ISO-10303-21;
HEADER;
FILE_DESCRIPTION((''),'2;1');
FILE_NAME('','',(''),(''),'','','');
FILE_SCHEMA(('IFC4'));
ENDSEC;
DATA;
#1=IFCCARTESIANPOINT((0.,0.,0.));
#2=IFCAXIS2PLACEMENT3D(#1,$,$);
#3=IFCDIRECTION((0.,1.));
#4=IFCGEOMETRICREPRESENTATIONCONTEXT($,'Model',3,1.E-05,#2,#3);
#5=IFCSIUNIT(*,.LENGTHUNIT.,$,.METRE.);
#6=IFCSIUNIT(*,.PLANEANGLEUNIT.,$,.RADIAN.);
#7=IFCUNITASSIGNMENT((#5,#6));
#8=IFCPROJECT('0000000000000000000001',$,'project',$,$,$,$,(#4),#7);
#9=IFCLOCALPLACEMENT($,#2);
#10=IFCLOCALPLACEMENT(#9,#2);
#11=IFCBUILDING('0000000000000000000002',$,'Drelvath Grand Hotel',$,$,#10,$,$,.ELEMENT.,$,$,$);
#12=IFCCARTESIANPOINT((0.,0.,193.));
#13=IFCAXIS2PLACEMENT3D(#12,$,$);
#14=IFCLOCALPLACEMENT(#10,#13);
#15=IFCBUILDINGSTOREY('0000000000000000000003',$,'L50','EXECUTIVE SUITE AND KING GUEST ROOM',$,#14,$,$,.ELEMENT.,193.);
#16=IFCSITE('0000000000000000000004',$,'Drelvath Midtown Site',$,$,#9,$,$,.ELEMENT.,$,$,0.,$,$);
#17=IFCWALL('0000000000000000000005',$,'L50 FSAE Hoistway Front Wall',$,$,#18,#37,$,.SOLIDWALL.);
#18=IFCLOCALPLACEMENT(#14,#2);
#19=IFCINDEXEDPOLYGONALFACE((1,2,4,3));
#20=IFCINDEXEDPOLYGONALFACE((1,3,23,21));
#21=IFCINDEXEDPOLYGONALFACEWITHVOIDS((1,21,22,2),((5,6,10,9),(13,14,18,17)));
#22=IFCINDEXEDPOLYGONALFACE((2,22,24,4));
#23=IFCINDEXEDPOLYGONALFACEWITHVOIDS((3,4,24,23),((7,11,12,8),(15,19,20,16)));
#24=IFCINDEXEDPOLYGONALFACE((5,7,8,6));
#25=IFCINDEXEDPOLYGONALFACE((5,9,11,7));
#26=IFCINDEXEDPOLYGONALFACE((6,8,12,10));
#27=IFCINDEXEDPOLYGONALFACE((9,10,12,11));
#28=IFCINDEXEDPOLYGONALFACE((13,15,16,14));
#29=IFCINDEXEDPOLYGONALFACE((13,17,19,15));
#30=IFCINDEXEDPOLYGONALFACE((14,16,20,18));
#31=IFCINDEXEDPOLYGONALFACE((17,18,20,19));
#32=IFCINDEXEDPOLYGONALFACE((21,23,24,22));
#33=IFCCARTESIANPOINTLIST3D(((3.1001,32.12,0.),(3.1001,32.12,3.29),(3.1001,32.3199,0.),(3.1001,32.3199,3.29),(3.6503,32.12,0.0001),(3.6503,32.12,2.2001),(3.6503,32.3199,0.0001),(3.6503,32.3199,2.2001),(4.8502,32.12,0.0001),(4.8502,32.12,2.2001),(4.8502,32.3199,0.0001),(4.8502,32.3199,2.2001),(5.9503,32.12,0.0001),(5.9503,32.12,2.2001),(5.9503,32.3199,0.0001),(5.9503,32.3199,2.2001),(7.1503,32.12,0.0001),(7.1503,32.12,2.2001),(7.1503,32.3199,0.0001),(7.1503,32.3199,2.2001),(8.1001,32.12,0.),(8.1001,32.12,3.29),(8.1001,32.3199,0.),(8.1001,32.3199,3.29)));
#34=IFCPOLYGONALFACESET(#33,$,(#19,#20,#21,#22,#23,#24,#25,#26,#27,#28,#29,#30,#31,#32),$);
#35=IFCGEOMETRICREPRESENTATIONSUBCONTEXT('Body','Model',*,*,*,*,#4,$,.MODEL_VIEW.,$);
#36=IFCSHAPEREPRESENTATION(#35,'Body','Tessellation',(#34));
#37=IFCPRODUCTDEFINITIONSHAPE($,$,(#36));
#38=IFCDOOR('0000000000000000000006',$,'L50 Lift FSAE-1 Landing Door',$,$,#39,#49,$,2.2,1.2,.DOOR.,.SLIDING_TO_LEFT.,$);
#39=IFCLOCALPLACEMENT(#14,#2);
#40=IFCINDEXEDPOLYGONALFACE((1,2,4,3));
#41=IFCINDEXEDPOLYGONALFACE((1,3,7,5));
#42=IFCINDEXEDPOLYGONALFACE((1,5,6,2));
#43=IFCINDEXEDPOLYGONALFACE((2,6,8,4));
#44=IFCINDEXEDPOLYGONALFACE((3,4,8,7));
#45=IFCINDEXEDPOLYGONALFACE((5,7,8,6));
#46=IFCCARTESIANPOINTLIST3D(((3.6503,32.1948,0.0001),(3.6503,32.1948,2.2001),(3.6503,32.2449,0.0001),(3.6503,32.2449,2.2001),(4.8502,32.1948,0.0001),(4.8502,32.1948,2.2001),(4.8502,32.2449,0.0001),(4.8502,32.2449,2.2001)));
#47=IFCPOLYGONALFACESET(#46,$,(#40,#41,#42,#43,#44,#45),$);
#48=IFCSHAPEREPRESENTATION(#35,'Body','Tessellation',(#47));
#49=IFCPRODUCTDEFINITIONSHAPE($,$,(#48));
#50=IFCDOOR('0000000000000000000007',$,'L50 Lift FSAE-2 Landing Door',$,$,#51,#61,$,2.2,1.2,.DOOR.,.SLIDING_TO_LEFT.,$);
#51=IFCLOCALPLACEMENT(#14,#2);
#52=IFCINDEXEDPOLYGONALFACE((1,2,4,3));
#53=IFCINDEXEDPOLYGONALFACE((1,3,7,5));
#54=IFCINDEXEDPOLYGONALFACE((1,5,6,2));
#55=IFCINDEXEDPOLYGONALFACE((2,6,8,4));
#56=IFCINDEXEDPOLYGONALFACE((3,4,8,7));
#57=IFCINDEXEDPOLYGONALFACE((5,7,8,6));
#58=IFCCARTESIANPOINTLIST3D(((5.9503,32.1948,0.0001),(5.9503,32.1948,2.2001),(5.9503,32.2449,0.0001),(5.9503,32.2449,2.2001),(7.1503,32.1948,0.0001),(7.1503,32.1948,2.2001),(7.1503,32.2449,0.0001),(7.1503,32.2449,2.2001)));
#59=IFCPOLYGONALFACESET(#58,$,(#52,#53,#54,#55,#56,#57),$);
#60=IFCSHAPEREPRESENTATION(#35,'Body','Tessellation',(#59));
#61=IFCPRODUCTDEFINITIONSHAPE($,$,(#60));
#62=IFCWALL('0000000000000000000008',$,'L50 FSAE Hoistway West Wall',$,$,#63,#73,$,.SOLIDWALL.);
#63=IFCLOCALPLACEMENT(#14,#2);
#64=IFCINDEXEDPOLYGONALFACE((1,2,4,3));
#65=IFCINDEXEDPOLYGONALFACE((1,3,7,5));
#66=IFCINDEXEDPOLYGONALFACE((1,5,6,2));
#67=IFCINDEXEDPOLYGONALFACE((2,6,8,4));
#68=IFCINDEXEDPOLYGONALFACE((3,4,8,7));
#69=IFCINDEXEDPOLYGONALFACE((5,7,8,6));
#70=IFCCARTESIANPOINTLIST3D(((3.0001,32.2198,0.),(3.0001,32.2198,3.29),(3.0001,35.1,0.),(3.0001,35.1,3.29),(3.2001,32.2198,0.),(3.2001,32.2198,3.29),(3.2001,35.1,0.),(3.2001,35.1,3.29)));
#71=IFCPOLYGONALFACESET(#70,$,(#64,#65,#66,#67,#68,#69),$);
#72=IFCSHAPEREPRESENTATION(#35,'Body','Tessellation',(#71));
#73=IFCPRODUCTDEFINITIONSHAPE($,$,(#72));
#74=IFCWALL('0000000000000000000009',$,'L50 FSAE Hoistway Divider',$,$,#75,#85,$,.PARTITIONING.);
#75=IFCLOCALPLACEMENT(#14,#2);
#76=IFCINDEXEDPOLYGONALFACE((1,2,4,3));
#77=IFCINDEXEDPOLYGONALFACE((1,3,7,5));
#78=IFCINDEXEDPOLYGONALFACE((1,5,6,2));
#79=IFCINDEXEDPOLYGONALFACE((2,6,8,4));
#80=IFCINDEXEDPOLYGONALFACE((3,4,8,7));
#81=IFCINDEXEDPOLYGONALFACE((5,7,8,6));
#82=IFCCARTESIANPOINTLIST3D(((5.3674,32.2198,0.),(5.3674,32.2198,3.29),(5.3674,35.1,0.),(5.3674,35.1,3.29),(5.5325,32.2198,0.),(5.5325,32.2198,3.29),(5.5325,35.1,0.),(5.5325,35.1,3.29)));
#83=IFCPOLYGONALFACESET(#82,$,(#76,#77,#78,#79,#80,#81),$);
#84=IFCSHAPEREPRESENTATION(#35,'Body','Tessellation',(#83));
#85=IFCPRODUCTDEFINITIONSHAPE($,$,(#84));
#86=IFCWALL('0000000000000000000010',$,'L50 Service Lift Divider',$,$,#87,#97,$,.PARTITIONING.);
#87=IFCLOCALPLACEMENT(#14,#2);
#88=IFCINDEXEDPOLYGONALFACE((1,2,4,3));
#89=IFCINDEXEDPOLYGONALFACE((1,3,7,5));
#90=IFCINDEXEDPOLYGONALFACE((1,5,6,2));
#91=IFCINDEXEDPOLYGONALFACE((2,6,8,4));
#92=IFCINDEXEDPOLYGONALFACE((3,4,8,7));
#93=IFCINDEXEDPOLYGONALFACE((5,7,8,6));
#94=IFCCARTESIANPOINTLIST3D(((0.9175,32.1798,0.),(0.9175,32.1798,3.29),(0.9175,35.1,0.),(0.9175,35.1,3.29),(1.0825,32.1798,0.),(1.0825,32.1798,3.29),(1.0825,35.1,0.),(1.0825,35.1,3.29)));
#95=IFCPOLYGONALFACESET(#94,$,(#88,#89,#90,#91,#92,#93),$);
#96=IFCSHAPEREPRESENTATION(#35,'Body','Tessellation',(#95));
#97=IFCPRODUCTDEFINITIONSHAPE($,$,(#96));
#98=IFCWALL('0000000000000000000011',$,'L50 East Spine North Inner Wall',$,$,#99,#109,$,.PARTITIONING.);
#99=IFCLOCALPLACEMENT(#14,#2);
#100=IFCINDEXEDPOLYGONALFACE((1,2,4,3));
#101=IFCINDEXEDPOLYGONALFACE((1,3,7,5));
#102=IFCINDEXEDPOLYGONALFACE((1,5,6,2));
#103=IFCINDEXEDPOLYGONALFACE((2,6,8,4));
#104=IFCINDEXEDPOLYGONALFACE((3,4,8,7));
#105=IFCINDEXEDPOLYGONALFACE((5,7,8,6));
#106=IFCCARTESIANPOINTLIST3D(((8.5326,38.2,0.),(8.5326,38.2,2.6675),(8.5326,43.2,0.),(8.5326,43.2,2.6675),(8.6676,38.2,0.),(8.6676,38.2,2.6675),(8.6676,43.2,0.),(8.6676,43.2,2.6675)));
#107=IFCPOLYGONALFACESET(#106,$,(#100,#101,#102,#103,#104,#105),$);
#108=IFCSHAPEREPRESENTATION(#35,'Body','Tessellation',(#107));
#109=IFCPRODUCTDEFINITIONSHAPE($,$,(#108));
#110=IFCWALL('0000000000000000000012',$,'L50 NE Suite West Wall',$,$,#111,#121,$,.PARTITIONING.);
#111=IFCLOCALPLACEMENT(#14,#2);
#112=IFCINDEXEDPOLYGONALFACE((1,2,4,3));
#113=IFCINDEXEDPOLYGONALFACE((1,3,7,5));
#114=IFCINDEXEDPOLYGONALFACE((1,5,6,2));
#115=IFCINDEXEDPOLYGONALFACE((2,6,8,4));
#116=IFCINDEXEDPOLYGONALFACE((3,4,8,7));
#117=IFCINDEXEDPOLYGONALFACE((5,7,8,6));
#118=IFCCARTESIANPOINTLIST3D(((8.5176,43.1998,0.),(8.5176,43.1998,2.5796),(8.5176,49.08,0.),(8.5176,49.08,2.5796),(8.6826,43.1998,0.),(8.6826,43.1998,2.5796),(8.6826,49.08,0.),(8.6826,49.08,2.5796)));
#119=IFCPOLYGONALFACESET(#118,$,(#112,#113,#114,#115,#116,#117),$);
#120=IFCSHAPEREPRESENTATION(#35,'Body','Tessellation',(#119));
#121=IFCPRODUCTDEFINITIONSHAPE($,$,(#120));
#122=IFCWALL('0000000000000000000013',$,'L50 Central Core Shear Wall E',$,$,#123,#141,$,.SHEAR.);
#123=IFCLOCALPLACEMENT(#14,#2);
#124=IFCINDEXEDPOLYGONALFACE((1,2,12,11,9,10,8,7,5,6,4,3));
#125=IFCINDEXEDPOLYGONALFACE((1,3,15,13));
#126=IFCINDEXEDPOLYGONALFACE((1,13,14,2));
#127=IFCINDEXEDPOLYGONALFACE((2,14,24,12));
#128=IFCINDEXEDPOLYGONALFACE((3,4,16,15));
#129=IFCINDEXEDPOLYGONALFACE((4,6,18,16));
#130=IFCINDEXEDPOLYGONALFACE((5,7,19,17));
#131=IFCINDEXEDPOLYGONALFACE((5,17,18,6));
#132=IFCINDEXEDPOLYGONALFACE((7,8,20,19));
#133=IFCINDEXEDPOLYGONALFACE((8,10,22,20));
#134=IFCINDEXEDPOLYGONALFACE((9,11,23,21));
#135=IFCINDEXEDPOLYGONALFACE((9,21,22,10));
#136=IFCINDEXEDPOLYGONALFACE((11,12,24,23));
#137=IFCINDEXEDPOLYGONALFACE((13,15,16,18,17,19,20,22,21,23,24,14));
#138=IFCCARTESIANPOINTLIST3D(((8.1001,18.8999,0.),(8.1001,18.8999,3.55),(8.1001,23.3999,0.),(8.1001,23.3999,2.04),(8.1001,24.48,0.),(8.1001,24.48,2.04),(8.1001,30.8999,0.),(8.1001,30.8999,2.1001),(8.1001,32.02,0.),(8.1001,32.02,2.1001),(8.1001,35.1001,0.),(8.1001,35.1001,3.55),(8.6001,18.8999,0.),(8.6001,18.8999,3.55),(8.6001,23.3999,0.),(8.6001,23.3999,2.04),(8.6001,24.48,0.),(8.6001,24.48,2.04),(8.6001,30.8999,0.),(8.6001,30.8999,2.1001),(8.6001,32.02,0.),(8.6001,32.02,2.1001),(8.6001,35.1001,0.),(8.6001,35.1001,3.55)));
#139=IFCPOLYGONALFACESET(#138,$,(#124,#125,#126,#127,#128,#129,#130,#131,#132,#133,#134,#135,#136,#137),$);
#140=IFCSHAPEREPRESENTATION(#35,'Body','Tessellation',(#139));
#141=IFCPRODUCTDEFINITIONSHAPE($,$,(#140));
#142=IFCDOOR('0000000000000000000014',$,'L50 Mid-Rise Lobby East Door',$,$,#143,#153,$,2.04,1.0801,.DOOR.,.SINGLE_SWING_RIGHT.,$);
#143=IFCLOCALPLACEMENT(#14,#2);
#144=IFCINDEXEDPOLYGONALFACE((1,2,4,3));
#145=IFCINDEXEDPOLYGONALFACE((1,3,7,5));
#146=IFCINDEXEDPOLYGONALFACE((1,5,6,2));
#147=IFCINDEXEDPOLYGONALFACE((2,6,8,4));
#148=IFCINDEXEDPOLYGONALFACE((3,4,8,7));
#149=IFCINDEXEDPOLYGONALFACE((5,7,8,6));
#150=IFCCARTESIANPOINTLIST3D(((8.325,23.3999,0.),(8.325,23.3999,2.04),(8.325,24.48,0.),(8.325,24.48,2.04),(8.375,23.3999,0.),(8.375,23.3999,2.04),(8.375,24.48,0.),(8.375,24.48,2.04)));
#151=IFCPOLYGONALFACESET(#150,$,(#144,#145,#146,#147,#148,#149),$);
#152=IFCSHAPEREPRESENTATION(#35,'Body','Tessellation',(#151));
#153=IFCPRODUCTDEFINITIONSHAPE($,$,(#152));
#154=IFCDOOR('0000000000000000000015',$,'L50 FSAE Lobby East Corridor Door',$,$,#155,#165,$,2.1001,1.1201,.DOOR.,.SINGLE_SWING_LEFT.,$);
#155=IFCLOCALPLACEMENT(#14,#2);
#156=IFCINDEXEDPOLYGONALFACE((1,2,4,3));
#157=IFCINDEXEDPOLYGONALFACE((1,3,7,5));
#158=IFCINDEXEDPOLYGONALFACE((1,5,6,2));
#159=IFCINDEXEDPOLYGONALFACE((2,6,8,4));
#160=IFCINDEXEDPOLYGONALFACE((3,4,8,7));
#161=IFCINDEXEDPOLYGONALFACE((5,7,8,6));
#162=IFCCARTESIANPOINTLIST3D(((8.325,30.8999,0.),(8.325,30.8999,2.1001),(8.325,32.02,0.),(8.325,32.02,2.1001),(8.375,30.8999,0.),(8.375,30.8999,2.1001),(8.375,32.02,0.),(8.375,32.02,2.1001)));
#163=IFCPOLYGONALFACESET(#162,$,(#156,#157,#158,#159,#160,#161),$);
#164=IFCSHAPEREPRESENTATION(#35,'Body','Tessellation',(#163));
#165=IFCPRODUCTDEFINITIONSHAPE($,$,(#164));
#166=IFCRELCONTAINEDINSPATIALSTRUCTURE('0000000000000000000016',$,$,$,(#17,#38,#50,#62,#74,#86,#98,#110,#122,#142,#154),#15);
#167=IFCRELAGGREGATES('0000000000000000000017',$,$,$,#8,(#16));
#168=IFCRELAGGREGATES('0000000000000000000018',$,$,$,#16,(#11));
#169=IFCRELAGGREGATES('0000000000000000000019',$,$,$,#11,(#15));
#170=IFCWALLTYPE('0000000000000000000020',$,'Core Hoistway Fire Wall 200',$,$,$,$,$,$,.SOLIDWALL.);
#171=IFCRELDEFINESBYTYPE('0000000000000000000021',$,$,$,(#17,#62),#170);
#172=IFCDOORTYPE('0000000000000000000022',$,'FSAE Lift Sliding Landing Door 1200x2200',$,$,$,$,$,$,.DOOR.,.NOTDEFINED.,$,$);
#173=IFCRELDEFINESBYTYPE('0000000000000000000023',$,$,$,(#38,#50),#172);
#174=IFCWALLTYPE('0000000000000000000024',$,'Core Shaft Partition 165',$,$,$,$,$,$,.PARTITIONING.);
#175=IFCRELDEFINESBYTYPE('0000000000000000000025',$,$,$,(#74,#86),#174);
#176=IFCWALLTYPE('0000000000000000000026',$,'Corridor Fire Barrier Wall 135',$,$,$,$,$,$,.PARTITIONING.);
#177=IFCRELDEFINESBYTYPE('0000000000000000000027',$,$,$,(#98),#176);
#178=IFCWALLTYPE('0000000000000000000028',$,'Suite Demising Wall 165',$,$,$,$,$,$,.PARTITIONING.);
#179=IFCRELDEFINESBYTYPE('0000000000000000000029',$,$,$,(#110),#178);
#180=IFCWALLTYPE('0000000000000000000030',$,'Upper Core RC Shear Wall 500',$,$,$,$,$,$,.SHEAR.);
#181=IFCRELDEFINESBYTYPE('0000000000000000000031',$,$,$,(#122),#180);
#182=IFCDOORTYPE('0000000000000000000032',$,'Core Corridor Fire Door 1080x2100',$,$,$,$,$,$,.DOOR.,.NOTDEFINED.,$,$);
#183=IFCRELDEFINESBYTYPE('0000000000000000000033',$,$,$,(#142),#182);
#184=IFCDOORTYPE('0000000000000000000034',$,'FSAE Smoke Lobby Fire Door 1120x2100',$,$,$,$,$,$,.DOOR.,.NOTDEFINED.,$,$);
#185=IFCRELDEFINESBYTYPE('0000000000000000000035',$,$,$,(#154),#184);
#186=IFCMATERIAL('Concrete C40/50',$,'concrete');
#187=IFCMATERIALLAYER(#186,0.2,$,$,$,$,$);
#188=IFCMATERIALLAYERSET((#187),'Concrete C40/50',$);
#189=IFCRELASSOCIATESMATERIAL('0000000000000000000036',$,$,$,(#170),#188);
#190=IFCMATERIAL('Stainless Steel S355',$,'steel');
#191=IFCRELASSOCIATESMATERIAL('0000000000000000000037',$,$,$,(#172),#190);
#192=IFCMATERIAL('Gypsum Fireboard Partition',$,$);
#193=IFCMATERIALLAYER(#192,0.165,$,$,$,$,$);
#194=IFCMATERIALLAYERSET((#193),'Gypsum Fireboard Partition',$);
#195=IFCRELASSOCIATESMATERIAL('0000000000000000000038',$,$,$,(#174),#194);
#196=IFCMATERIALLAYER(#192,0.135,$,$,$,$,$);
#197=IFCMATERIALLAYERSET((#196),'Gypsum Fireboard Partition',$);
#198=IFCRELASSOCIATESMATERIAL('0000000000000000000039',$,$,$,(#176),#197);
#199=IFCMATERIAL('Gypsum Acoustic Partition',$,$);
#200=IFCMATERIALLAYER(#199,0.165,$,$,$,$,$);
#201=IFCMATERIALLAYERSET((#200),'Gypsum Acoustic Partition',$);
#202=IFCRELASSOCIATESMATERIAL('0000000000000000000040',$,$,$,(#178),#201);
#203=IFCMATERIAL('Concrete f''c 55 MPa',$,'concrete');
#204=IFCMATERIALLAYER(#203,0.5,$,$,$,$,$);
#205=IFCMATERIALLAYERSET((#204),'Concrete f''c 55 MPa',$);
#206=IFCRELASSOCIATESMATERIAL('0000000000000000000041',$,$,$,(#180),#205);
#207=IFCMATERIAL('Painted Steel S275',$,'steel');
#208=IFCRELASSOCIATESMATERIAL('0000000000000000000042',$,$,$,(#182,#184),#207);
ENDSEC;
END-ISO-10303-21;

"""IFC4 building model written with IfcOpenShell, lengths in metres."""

from ifc_helpers import new_model, si_unit, direction, frame, frame_2d, origin, place, context, subcontext, project, spatial, rectangle, extrude, material, layer, layer_set, type_object, element, fill, save


model = new_model("IFC4")

# Units and contexts
model_context = context("Model", 3, precision=1e-05, world=origin(), true_north=direction((0.0, 1.0)))
body_context = subcontext(model_context, "Body", "Model", "MODEL_VIEW")
ifc_project = project(units=[si_unit("LENGTHUNIT", "METRE"), si_unit("PLANEANGLEUNIT", "RADIAN")], contexts=[model_context])

# Site, building, storey
site_placement = place(None, origin())
site = spatial("IfcSite", under=ifc_project, at=site_placement, Name="Drelvath Midtown Site", CompositionType="ELEMENT", RefElevation=0.0)
building_placement = place(site_placement, origin())
building = spatial("IfcBuilding", under=site, at=building_placement, Name="Drelvath Grand Hotel", CompositionType="ELEMENT")
storey_placement = place(building_placement, frame((0.0, 0.0, 193.0)))
storey = spatial("IfcBuildingStorey", under=building, at=storey_placement, Name="L50", Description="EXECUTIVE SUITE AND KING GUEST ROOM", CompositionType="ELEMENT", Elevation=193.0)

# Wall, openings, doors
ifc_material_1 = material(Name="Concrete C40/50", Category="concrete")
ifc_layer_1 = layer(ifc_material_1, 0.2)
ifc_layer_set_1 = layer_set([ifc_layer_1], Name="Concrete C40/50")
wall_type_1 = type_object("IfcWallType", Name="Core Hoistway Fire Wall 200", PredefinedType="SOLIDWALL", material=ifc_layer_set_1)
wall_1_placement = place(storey_placement, frame((3.1001, 32.22, 0.0), z_axis=(0.0, 0.0, 1.0), x_axis=(1.0, 0.0, 0.0)))
wall_1 = element("IfcWall", 1, at=wall_1_placement, inside=storey, type_object=wall_type_1, Name="L50 FSAE Hoistway Front Wall", PredefinedType="SOLIDWALL", context=body_context, shape_type="SweptSolid", body=[
    extrude(rectangle(XDim=5.0, YDim=0.2, at=frame_2d((2.5, 0.0))), origin(), (0.0, 0.0, 1.0), 3.29),
])
opening_1_placement = place(wall_1_placement, frame((0.55, 0.0, 0.0)))
opening_1 = element("IfcOpeningElement", 2, at=opening_1_placement, cuts=wall_1, PredefinedType="OPENING", context=body_context, shape_type="SweptSolid", body=[
    extrude(rectangle(XDim=1.2, YDim=2.2, at=frame_2d((0.6001, 1.1001))), frame((0.0, 0.1099, 0.0), z_axis=(0.0, -1.0, 0.0), x_axis=(1.0, 0.0, 0.0)), (0.0, 0.0, 1.0), 0.22),
])
opening_2_placement = place(wall_1_placement, frame((2.8501, 0.0, 0.0)))
opening_2 = element("IfcOpeningElement", 3, at=opening_2_placement, cuts=wall_1, PredefinedType="OPENING", context=body_context, shape_type="SweptSolid", body=[
    extrude(rectangle(XDim=1.2, YDim=2.2, at=frame_2d((0.6001, 1.1001))), frame((0.0, 0.1099, 0.0), z_axis=(0.0, -1.0, 0.0), x_axis=(1.0, 0.0, 0.0)), (0.0, 0.0, 1.0), 0.22),
])
ifc_material_2 = material(Name="Stainless Steel S355", Category="steel")
door_type_1 = type_object("IfcDoorType", Name="FSAE Lift Sliding Landing Door 1200x2200", OperationType="NOTDEFINED", PredefinedType="DOOR", material=ifc_material_2)
door_1_placement = place(opening_1_placement, origin())
door_1 = element("IfcDoor", 4, at=door_1_placement, inside=storey, type_object=door_type_1, Name="L50 Lift FSAE-1 Landing Door", OperationType="SLIDING_TO_LEFT", OverallHeight=2.2, OverallWidth=1.2, PredefinedType="DOOR", context=body_context, shape_type="SweptSolid", body=[
    extrude(rectangle(XDim=1.2, YDim=2.2, at=frame_2d((0.6001, 1.1001))), frame((0.0, 0.0249, 0.0), z_axis=(0.0, -1.0, 0.0), x_axis=(1.0, 0.0, 0.0)), (0.0, 0.0, 1.0), 0.05),
])
fill(opening_1, door_1)
door_2_placement = place(opening_2_placement, origin())
door_2 = element("IfcDoor", 5, at=door_2_placement, inside=storey, type_object=door_type_1, Name="L50 Lift FSAE-2 Landing Door", OperationType="SLIDING_TO_LEFT", OverallHeight=2.2, OverallWidth=1.2, PredefinedType="DOOR", context=body_context, shape_type="SweptSolid", body=[
    extrude(rectangle(XDim=1.2, YDim=2.2, at=frame_2d((0.6001, 1.1001))), frame((0.0, 0.0249, 0.0), z_axis=(0.0, -1.0, 0.0), x_axis=(1.0, 0.0, 0.0)), (0.0, 0.0, 1.0), 0.05),
])
fill(opening_2, door_2)

# Walls
wall_2_placement = place(storey_placement, frame((3.1001, 32.22, 0.0), z_axis=(0.0, 0.0, 1.0), x_axis=(0.0, 1.0, 0.0)))
element("IfcWall", 6, at=wall_2_placement, inside=storey, type_object=wall_type_1, Name="L50 FSAE Hoistway West Wall", PredefinedType="SOLIDWALL", context=body_context, shape_type="SweptSolid", body=[
    extrude(rectangle(XDim=2.8801, YDim=0.2, at=frame_2d((1.4399, 0.0))), origin(), (0.0, 0.0, 1.0), 3.29),
])
ifc_material_3 = material(Name="Gypsum Fireboard Partition")
ifc_layer_2 = layer(ifc_material_3, 0.165)
ifc_layer_set_2 = layer_set([ifc_layer_2], Name="Gypsum Fireboard Partition")
wall_type_2 = type_object("IfcWallType", Name="Core Shaft Partition 165", PredefinedType="PARTITIONING", material=ifc_layer_set_2)
wall_3_placement = place(storey_placement, frame((5.45, 32.22, 0.0), z_axis=(0.0, 0.0, 1.0), x_axis=(0.0, 1.0, 0.0)))
element("IfcWall", 7, at=wall_3_placement, inside=storey, type_object=wall_type_2, Name="L50 FSAE Hoistway Divider", PredefinedType="PARTITIONING", context=body_context, shape_type="SweptSolid", body=[
    extrude(rectangle(XDim=2.8801, YDim=0.165, at=frame_2d((1.4399, 0.0))), origin(), (0.0, 0.0, 1.0), 3.29),
])
wall_4_placement = place(storey_placement, frame((1.0, 32.1799, 0.0), z_axis=(0.0, 0.0, 1.0), x_axis=(0.0, 1.0, 0.0)))
element("IfcWall", 8, at=wall_4_placement, inside=storey, type_object=wall_type_2, Name="L50 Service Lift Divider", PredefinedType="PARTITIONING", context=body_context, shape_type="SweptSolid", body=[
    extrude(rectangle(XDim=2.9202, YDim=0.165, at=frame_2d((1.46, 0.0))), origin(), (0.0, 0.0, 1.0), 3.29),
])
ifc_layer_3 = layer(ifc_material_3, 0.135)
ifc_layer_set_3 = layer_set([ifc_layer_3], Name="Gypsum Fireboard Partition")
wall_type_3 = type_object("IfcWallType", Name="Corridor Fire Barrier Wall 135", PredefinedType="PARTITIONING", material=ifc_layer_set_3)
wall_5_placement = place(storey_placement, frame((8.6001, 38.2, 0.0), z_axis=(0.0, 0.0, 1.0), x_axis=(0.0, 1.0, 0.0)))
element("IfcWall", 9, at=wall_5_placement, inside=storey, type_object=wall_type_3, Name="L50 East Spine North Inner Wall", PredefinedType="PARTITIONING", context=body_context, shape_type="SweptSolid", body=[
    extrude(rectangle(XDim=5.0, YDim=0.135, at=frame_2d((2.5, 0.0))), origin(), (0.0, 0.0, 1.0), 2.6675),
])

# Wall
ifc_material_4 = material(Name="Gypsum Acoustic Partition")
ifc_layer_4 = layer(ifc_material_4, 0.165)
ifc_layer_set_4 = layer_set([ifc_layer_4], Name="Gypsum Acoustic Partition")
wall_type_4 = type_object("IfcWallType", Name="Suite Demising Wall 165", PredefinedType="PARTITIONING", material=ifc_layer_set_4)
wall_6_placement = place(storey_placement, frame((8.6001, 43.2, 0.0), z_axis=(0.0, 0.0, 1.0), x_axis=(0.0, 1.0, 0.0)))
element("IfcWall", 10, at=wall_6_placement, inside=storey, type_object=wall_type_4, Name="L50 NE Suite West Wall", PredefinedType="PARTITIONING", context=body_context, shape_type="SweptSolid", body=[
    extrude(rectangle(XDim=5.8801, YDim=0.165, at=frame_2d((2.9399, 0.0))), origin(), (0.0, 0.0, 1.0), 2.5796),
])

# Wall, openings, doors
ifc_material_5 = material(Name="Concrete f'c 55 MPa", Category="concrete")
ifc_layer_5 = layer(ifc_material_5, 0.5)
ifc_layer_set_5 = layer_set([ifc_layer_5], Name="Concrete f'c 55 MPa")
wall_type_5 = type_object("IfcWallType", Name="Upper Core RC Shear Wall 500", PredefinedType="SHEAR", material=ifc_layer_set_5)
wall_7_placement = place(storey_placement, frame((8.3501, 35.1001, 0.0), z_axis=(0.0, 0.0, 1.0), x_axis=(0.0, -1.0, 0.0)))
wall_7 = element("IfcWall", 11, at=wall_7_placement, inside=storey, type_object=wall_type_5, Name="L50 Central Core Shear Wall E", PredefinedType="SHEAR", context=body_context, shape_type="SweptSolid", body=[
    extrude(rectangle(XDim=16.2002, YDim=0.5, at=frame_2d((8.1001, 0.0))), origin(), (0.0, 0.0, 1.0), 3.55),
])
opening_3_placement = place(wall_7_placement, frame((3.0801, 0.0, 0.0)))
opening_3 = element("IfcOpeningElement", 12, at=opening_3_placement, cuts=wall_7, PredefinedType="OPENING", context=body_context, shape_type="SweptSolid", body=[
    extrude(rectangle(XDim=1.1201, YDim=2.1001, at=frame_2d((0.5601, 1.05))), frame((0.0, 0.26, 0.0), z_axis=(0.0, -1.0, 0.0), x_axis=(1.0, 0.0, 0.0)), (0.0, 0.0, 1.0), 0.52),
])
opening_4_placement = place(wall_7_placement, frame((10.6201, 0.0, 0.0)))
opening_4 = element("IfcOpeningElement", 13, at=opening_4_placement, cuts=wall_7, PredefinedType="OPENING", context=body_context, shape_type="SweptSolid", body=[
    extrude(rectangle(XDim=1.0801, YDim=2.04, at=frame_2d((0.54, 1.02))), frame((0.0, 0.26, 0.0), z_axis=(0.0, -1.0, 0.0), x_axis=(1.0, 0.0, 0.0)), (0.0, 0.0, 1.0), 0.52),
])
ifc_material_6 = material(Name="Painted Steel S275", Category="steel")
door_type_2 = type_object("IfcDoorType", Name="Core Corridor Fire Door 1080x2100", OperationType="NOTDEFINED", PredefinedType="DOOR", material=ifc_material_6)
door_3_placement = place(opening_4_placement, origin())
door_3 = element("IfcDoor", 14, at=door_3_placement, inside=storey, type_object=door_type_2, Name="L50 Mid-Rise Lobby East Door", OperationType="SINGLE_SWING_RIGHT", OverallHeight=2.04, OverallWidth=1.0801, PredefinedType="DOOR", context=body_context, shape_type="SweptSolid", body=[
    extrude(rectangle(XDim=1.0801, YDim=2.04, at=frame_2d((0.54, 1.02))), frame((0.0, 0.0249, 0.0), z_axis=(0.0, -1.0, 0.0), x_axis=(1.0, 0.0, 0.0)), (0.0, 0.0, 1.0), 0.05),
])
fill(opening_4, door_3)
door_type_3 = type_object("IfcDoorType", Name="FSAE Smoke Lobby Fire Door 1120x2100", OperationType="NOTDEFINED", PredefinedType="DOOR", material=ifc_material_6)
door_4_placement = place(opening_3_placement, origin())
door_4 = element("IfcDoor", 15, at=door_4_placement, inside=storey, type_object=door_type_3, Name="L50 FSAE Lobby East Corridor Door", OperationType="SINGLE_SWING_LEFT", OverallHeight=2.1001, OverallWidth=1.1201, PredefinedType="DOOR", context=body_context, shape_type="SweptSolid", body=[
    extrude(rectangle(XDim=1.1201, YDim=2.1001, at=frame_2d((0.5601, 1.05))), frame((0.0, 0.0249, 0.0), z_axis=(0.0, -1.0, 0.0), x_axis=(1.0, 0.0, 0.0)), (0.0, 0.0, 1.0), 0.05),
])
fill(opening_3, door_4)

save(model, "model.ifc")
